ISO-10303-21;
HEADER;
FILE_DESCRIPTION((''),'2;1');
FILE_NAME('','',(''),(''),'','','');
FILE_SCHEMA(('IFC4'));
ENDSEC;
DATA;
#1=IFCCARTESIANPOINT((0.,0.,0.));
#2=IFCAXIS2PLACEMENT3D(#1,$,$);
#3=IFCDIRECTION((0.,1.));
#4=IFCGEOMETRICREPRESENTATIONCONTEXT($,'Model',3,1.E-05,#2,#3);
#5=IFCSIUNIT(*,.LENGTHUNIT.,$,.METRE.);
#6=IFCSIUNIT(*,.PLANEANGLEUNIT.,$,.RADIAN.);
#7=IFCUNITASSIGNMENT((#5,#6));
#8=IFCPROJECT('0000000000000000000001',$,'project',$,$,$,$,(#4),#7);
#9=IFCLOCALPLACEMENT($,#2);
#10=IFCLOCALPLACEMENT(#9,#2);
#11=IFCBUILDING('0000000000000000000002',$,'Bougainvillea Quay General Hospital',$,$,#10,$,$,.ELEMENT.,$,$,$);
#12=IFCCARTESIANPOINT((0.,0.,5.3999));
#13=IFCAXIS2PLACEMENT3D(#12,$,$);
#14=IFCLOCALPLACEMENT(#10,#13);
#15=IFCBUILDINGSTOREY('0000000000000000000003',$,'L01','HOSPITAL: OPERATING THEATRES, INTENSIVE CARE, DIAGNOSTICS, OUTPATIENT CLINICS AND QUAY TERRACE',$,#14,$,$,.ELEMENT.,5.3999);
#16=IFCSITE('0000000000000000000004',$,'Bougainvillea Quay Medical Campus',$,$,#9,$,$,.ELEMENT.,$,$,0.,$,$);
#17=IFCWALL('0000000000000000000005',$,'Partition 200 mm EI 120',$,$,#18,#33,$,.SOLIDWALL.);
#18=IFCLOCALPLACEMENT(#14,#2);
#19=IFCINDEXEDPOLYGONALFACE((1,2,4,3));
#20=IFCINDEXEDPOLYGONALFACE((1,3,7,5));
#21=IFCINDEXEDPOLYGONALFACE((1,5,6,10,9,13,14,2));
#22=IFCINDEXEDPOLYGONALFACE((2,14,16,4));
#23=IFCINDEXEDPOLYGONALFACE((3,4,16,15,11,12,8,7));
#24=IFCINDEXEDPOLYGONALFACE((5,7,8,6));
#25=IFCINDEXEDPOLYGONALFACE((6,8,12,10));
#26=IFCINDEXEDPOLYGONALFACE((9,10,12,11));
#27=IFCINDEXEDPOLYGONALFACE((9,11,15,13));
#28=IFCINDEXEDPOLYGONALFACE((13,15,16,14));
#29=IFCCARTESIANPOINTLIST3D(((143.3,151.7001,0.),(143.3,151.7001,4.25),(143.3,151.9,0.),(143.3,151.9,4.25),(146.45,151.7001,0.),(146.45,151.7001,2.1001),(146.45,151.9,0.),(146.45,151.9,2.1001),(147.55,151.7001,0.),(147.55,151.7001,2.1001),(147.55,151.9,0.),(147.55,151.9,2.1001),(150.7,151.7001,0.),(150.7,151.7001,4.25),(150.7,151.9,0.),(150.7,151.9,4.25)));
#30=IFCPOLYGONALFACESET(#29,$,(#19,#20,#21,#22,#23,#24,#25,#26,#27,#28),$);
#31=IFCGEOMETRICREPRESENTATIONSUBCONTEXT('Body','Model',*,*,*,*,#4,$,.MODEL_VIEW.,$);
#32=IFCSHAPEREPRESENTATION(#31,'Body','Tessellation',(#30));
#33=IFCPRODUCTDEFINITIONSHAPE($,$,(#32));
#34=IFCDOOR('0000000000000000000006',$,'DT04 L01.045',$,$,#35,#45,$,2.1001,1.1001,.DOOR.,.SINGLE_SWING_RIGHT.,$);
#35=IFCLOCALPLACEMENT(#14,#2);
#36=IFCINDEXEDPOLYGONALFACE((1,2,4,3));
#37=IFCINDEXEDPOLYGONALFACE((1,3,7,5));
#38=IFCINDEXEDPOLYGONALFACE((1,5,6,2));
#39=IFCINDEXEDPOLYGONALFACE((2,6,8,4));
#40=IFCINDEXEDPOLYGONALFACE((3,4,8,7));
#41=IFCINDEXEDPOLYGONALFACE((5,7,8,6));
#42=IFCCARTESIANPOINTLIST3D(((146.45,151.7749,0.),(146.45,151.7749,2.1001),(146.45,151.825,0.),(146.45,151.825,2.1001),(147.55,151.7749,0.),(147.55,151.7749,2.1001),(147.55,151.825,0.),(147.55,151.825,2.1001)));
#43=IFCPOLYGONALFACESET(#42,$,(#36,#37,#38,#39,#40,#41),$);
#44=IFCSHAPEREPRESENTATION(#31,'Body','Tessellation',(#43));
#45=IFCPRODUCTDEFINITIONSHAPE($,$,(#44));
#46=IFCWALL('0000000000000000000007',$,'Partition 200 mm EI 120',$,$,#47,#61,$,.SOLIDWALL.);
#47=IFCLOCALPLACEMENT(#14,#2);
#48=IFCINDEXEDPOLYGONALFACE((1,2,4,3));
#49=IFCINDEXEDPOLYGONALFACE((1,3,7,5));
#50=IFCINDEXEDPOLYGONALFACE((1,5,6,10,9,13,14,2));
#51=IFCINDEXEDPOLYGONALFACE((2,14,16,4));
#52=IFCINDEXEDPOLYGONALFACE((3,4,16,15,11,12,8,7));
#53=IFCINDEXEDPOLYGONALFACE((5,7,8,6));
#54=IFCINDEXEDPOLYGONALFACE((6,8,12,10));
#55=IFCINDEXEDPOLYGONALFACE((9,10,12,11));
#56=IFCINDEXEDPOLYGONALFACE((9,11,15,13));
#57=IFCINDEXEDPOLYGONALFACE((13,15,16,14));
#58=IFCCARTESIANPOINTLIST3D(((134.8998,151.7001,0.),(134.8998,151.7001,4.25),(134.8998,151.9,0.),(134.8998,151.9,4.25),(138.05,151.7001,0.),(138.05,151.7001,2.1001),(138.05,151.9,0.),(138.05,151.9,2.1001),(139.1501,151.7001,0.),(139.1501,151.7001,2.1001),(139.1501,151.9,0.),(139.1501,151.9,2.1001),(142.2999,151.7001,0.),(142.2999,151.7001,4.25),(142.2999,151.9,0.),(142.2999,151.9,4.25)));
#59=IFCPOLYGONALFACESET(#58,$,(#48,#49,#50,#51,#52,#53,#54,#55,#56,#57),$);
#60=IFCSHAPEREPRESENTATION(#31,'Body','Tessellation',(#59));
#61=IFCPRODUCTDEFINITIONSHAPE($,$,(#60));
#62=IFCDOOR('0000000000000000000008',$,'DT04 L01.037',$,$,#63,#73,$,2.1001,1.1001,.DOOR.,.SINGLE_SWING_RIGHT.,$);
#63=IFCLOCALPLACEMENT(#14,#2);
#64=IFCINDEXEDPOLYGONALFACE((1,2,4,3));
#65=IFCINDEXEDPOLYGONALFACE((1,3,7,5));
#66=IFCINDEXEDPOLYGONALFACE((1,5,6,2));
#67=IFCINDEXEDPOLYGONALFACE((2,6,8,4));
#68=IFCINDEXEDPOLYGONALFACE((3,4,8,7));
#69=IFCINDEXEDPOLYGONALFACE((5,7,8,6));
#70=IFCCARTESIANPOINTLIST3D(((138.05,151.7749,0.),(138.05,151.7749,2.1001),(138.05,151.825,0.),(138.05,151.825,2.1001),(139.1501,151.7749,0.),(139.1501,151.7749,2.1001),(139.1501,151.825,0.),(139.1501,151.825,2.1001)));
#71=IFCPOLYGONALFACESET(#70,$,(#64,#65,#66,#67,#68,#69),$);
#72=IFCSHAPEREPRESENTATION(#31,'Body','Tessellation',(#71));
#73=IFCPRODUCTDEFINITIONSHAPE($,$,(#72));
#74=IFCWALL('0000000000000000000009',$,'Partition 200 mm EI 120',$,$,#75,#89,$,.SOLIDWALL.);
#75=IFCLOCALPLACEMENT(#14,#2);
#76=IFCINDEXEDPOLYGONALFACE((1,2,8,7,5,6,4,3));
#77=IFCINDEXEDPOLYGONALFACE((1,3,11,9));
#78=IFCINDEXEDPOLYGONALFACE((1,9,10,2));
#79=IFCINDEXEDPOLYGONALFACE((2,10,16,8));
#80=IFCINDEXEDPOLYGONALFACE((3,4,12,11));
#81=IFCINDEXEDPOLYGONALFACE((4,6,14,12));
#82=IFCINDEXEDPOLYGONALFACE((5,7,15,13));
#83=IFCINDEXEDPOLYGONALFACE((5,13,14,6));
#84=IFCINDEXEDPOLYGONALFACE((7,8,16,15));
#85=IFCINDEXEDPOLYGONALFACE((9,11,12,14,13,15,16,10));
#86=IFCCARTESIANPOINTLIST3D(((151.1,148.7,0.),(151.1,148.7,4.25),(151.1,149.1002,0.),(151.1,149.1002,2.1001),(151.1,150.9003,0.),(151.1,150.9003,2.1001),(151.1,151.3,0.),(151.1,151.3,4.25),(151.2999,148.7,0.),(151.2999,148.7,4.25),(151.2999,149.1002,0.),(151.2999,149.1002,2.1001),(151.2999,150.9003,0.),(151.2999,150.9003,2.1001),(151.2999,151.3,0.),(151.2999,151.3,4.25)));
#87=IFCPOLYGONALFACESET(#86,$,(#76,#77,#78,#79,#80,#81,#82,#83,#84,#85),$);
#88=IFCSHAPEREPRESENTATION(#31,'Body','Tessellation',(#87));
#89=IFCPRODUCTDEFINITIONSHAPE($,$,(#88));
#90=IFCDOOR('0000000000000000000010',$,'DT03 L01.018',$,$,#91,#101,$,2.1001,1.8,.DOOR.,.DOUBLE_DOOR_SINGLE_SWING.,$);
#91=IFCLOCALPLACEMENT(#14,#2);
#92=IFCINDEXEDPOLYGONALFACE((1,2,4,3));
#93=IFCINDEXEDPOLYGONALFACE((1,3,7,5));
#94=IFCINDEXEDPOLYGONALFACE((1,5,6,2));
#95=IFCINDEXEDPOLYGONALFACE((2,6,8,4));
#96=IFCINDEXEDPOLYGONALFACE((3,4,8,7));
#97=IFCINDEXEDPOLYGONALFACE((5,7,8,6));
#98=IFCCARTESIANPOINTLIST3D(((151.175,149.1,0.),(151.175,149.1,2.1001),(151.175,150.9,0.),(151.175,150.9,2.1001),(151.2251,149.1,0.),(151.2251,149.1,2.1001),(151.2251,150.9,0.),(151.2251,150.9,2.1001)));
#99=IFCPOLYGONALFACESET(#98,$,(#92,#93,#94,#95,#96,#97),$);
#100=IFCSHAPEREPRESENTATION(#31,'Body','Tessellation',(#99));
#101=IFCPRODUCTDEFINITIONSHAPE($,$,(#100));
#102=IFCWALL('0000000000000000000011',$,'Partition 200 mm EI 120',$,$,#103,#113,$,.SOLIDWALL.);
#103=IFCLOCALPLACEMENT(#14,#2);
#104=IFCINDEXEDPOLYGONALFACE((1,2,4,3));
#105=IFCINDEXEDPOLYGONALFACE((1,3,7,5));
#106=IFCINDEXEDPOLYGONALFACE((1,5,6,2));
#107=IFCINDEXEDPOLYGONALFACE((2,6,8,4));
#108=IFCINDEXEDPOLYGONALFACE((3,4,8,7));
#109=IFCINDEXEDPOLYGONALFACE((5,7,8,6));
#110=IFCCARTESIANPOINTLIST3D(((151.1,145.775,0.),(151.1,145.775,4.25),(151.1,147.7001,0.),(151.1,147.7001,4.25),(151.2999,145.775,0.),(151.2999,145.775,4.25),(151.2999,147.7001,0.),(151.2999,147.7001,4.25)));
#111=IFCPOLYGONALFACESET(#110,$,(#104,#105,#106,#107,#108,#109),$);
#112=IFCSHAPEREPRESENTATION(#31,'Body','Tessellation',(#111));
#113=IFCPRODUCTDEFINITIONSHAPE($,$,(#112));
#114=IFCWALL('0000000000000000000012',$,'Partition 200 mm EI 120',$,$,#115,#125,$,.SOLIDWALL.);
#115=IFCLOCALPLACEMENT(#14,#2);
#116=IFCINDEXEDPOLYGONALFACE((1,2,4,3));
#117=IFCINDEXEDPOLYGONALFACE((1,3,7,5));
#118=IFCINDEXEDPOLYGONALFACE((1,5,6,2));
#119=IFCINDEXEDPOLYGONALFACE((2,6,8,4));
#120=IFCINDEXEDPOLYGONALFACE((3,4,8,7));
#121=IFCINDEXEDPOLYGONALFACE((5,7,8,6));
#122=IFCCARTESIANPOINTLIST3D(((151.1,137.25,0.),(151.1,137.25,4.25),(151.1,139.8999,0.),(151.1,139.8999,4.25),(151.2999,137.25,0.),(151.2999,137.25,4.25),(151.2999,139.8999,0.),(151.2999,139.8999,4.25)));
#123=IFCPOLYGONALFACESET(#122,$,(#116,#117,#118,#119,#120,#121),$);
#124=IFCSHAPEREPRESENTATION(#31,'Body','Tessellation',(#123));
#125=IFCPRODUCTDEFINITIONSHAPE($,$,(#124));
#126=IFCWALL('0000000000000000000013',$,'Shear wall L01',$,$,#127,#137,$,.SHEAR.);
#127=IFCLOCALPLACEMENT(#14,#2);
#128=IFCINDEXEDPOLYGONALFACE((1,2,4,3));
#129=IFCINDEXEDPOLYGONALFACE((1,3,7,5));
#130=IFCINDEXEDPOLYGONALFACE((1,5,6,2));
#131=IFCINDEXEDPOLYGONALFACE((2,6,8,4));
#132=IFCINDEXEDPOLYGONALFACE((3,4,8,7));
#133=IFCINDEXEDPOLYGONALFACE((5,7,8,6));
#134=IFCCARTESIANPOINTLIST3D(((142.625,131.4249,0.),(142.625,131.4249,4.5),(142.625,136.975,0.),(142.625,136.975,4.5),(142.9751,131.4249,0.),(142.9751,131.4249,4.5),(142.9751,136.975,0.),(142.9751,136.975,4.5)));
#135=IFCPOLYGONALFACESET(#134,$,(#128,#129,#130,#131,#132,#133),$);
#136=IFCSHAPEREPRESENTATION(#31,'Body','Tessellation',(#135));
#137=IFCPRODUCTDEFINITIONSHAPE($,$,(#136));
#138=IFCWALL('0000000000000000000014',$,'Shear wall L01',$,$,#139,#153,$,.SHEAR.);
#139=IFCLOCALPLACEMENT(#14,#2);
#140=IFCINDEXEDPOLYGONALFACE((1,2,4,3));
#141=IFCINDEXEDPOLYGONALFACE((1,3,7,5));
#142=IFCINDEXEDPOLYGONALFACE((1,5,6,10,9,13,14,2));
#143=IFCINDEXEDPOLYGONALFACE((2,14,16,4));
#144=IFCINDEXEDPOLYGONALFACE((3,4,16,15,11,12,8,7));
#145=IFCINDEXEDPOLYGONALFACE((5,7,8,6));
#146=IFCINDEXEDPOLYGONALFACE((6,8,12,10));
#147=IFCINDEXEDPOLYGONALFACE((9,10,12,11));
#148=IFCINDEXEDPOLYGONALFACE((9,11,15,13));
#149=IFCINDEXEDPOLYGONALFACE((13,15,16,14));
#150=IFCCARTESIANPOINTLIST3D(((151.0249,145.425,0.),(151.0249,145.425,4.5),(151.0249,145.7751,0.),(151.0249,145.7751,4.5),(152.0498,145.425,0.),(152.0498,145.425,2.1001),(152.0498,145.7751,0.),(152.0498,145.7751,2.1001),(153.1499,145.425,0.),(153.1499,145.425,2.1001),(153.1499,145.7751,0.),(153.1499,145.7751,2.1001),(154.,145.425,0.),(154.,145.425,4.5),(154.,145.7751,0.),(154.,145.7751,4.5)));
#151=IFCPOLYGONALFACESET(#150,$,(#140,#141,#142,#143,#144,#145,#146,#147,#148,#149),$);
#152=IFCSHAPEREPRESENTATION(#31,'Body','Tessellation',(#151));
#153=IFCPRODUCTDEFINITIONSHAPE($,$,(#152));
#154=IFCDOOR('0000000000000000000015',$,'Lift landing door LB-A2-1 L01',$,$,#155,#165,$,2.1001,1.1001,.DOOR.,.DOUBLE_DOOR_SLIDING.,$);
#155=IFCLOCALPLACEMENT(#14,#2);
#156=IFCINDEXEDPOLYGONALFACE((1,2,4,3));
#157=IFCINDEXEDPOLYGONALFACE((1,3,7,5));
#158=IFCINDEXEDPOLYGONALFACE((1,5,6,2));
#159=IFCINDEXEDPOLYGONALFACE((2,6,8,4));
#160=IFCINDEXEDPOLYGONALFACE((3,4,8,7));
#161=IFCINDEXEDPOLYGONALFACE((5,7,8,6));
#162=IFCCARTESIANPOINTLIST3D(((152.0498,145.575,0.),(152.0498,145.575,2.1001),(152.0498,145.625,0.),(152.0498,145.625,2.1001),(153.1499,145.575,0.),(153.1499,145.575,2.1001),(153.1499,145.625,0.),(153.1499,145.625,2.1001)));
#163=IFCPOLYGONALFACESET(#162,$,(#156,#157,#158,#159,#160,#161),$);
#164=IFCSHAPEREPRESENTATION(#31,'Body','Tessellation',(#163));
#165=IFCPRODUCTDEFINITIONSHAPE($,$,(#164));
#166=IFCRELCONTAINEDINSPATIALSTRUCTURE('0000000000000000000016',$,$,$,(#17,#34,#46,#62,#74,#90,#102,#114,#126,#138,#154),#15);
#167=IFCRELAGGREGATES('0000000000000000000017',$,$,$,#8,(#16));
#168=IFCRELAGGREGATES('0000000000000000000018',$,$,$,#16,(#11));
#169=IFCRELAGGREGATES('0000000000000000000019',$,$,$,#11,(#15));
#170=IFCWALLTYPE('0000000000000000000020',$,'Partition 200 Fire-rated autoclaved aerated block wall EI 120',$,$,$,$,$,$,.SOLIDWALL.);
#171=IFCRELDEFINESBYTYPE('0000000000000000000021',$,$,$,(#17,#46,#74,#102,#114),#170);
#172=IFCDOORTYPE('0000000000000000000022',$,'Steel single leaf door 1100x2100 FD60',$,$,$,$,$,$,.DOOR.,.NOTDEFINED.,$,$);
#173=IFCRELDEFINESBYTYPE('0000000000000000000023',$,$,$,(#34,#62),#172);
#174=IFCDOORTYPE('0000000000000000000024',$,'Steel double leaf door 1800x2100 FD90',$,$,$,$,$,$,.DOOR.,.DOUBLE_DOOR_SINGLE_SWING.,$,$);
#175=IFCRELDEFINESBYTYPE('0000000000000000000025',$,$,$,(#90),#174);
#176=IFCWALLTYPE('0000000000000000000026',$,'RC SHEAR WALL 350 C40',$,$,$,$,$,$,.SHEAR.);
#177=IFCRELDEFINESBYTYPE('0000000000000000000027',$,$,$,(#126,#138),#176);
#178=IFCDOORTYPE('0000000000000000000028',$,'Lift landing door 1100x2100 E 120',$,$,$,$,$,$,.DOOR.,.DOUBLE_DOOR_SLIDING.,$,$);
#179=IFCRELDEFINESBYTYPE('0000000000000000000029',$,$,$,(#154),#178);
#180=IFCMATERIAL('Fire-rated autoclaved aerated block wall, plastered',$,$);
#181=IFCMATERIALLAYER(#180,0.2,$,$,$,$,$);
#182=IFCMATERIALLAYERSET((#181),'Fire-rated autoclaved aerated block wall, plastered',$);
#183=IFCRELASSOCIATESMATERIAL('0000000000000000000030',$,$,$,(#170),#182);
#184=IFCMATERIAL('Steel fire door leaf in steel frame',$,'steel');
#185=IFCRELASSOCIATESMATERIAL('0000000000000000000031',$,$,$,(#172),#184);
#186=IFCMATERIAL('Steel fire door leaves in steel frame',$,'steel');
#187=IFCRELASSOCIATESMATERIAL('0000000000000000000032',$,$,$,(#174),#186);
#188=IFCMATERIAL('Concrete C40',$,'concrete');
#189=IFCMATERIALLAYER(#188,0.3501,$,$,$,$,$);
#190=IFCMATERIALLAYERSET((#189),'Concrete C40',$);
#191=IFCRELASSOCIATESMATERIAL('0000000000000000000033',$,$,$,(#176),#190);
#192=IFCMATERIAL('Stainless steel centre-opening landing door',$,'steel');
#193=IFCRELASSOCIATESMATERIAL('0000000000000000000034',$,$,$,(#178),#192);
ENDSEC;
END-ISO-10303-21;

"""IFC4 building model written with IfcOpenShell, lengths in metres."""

from ifc_helpers import new_model, si_unit, direction, frame, frame_2d, origin, place, context, subcontext, project, spatial, rectangle, extrude, material, layer, layer_set, type_object, element, fill, save


model = new_model("IFC4")

# Units and contexts
model_context = context("Model", 3, precision=1e-05, world=origin(), true_north=direction((0.0, 1.0)))
body_context = subcontext(model_context, "Body", "Model", "MODEL_VIEW")
ifc_project = project(units=[si_unit("LENGTHUNIT", "METRE"), si_unit("PLANEANGLEUNIT", "RADIAN")], contexts=[model_context])

# Site, building, storey
site_placement = place(None, origin())
site = spatial("IfcSite", under=ifc_project, at=site_placement, Name="Bougainvillea Quay Medical Campus", CompositionType="ELEMENT", RefElevation=0.0)
building_placement = place(site_placement, origin())
building = spatial("IfcBuilding", under=site, at=building_placement, Name="Bougainvillea Quay General Hospital", CompositionType="ELEMENT")
storey_placement = place(building_placement, frame((0.0, 0.0, 5.3999)))
storey = spatial("IfcBuildingStorey", under=building, at=storey_placement, Name="L01", Description="HOSPITAL: OPERATING THEATRES, INTENSIVE CARE, DIAGNOSTICS, OUTPATIENT CLINICS AND QUAY TERRACE", CompositionType="ELEMENT", Elevation=5.3999)

# Walls, openings, doors
ifc_material_1 = material(Name="Fire-rated autoclaved aerated block wall, plastered")
ifc_layer_1 = layer(ifc_material_1, 0.2)
ifc_layer_set_1 = layer_set([ifc_layer_1], Name="Fire-rated autoclaved aerated block wall, plastered")
wall_type_1 = type_object("IfcWallType", Name="Partition 200 Fire-rated autoclaved aerated block wall EI 120", PredefinedType="SOLIDWALL", material=ifc_layer_set_1)
wall_1_placement = place(storey_placement, frame((150.7, 151.8, 0.0), z_axis=(0.0, 0.0, 1.0), x_axis=(-1.0, 0.0, 0.0)))
wall_1 = element("IfcWall", 1, at=wall_1_placement, inside=storey, type_object=wall_type_1, Name="Partition 200 mm EI 120", PredefinedType="SOLIDWALL", context=body_context, shape_type="SweptSolid", body=[
    extrude(rectangle(XDim=7.3999, YDim=0.2, at=frame_2d((3.7, 0.0))), origin(), (0.0, 0.0, 1.0), 4.25),
])
opening_1_placement = place(wall_1_placement, frame((3.1499, 0.0, 0.0)))
opening_1 = element("IfcOpeningElement", 2, at=opening_1_placement, cuts=wall_1, PredefinedType="OPENING", context=body_context, shape_type="SweptSolid", body=[
    extrude(rectangle(XDim=1.1001, YDim=2.1001, at=frame_2d((0.55, 1.05))), frame((0.0, 0.1099, 0.0), z_axis=(0.0, -1.0, 0.0), x_axis=(1.0, 0.0, 0.0)), (0.0, 0.0, 1.0), 0.22),
])
ifc_material_2 = material(Name="Steel fire door leaf in steel frame", Category="steel")
door_type_1 = type_object("IfcDoorType", Name="Steel single leaf door 1100x2100 FD60", OperationType="NOTDEFINED", PredefinedType="DOOR", material=ifc_material_2)
door_1_placement = place(opening_1_placement, frame((1.1001, 0.0, 0.0), z_axis=(0.0, 0.0, 1.0), x_axis=(-1.0, 0.0, 0.0)))
door_1 = element("IfcDoor", 3, at=door_1_placement, inside=storey, type_object=door_type_1, Name="DT04 L01.045", OperationType="SINGLE_SWING_RIGHT", OverallHeight=2.1001, OverallWidth=1.1001, PredefinedType="DOOR", context=body_context, shape_type="SweptSolid", body=[
    extrude(rectangle(XDim=1.1001, YDim=2.1001, at=frame_2d((0.55, 1.05))), frame((0.0, 0.0249, 0.0), z_axis=(0.0, -1.0, 0.0), x_axis=(1.0, 0.0, 0.0)), (0.0, 0.0, 1.0), 0.05),
])
fill(opening_1, door_1)
wall_2_placement = place(storey_placement, frame((142.3, 151.8, 0.0), z_axis=(0.0, 0.0, 1.0), x_axis=(-1.0, 0.0, 0.0)))
wall_2 = element("IfcWall", 4, at=wall_2_placement, inside=storey, type_object=wall_type_1, Name="Partition 200 mm EI 120", PredefinedType="SOLIDWALL", context=body_context, shape_type="SweptSolid", body=[
    extrude(rectangle(XDim=7.4001, YDim=0.2, at=frame_2d((3.7002, 0.0))), origin(), (0.0, 0.0, 1.0), 4.25),
])
opening_2_placement = place(wall_2_placement, frame((3.1499, 0.0, 0.0)))
opening_2 = element("IfcOpeningElement", 5, at=opening_2_placement, cuts=wall_2, PredefinedType="OPENING", context=body_context, shape_type="SweptSolid", body=[
    extrude(rectangle(XDim=1.1001, YDim=2.1001, at=frame_2d((0.55, 1.05))), frame((0.0, 0.1099, 0.0), z_axis=(0.0, -1.0, 0.0), x_axis=(1.0, 0.0, 0.0)), (0.0, 0.0, 1.0), 0.22),
])
door_2_placement = place(opening_2_placement, frame((1.1001, 0.0, 0.0), z_axis=(0.0, 0.0, 1.0), x_axis=(-1.0, 0.0, 0.0)))
door_2 = element("IfcDoor", 6, at=door_2_placement, inside=storey, type_object=door_type_1, Name="DT04 L01.037", OperationType="SINGLE_SWING_RIGHT", OverallHeight=2.1001, OverallWidth=1.1001, PredefinedType="DOOR", context=body_context, shape_type="SweptSolid", body=[
    extrude(rectangle(XDim=1.1001, YDim=2.1001, at=frame_2d((0.55, 1.05))), frame((0.0, 0.0249, 0.0), z_axis=(0.0, -1.0, 0.0), x_axis=(1.0, 0.0, 0.0)), (0.0, 0.0, 1.0), 0.05),
])
fill(opening_2, door_2)
wall_3_placement = place(storey_placement, frame((151.2, 151.3, 0.0), z_axis=(0.0, 0.0, 1.0), x_axis=(0.0, -1.0, 0.0)))
wall_3 = element("IfcWall", 7, at=wall_3_placement, inside=storey, type_object=wall_type_1, Name="Partition 200 mm EI 120", PredefinedType="SOLIDWALL", context=body_context, shape_type="SweptSolid", body=[
    extrude(rectangle(XDim=2.6001, YDim=0.2, at=frame_2d((1.3, 0.0))), origin(), (0.0, 0.0, 1.0), 4.25),
])
opening_3_placement = place(wall_3_placement, frame((0.3999, 0.0, 0.0)))
opening_3 = element("IfcOpeningElement", 8, at=opening_3_placement, cuts=wall_3, PredefinedType="OPENING", context=body_context, shape_type="SweptSolid", body=[
    extrude(rectangle(XDim=1.8, YDim=2.1001, at=frame_2d((0.8999, 1.05))), frame((0.0, 0.1099, 0.0), z_axis=(0.0, -1.0, 0.0), x_axis=(1.0, 0.0, 0.0)), (0.0, 0.0, 1.0), 0.22),
])
ifc_material_3 = material(Name="Steel fire door leaves in steel frame", Category="steel")
door_type_2 = type_object("IfcDoorType", Name="Steel double leaf door 1800x2100 FD90", OperationType="DOUBLE_DOOR_SINGLE_SWING", PredefinedType="DOOR", material=ifc_material_3)
door_3_placement = place(opening_3_placement, frame((1.8, 0.0, 0.0), z_axis=(0.0, 0.0, 1.0), x_axis=(-1.0, 0.0, 0.0)))
door_3 = element("IfcDoor", 9, at=door_3_placement, inside=storey, type_object=door_type_2, Name="DT03 L01.018", OperationType="DOUBLE_DOOR_SINGLE_SWING", OverallHeight=2.1001, OverallWidth=1.8, PredefinedType="DOOR", context=body_context, shape_type="SweptSolid", body=[
    extrude(rectangle(XDim=1.8, YDim=2.1001, at=frame_2d((0.8999, 1.05))), frame((0.0, 0.0249, 0.0), z_axis=(0.0, -1.0, 0.0), x_axis=(1.0, 0.0, 0.0)), (0.0, 0.0, 1.0), 0.05),
])
fill(opening_3, door_3)

# Walls
wall_4_placement = place(storey_placement, frame((151.2, 147.7, 0.0), z_axis=(0.0, 0.0, 1.0), x_axis=(0.0, -1.0, 0.0)))
element("IfcWall", 10, at=wall_4_placement, inside=storey, type_object=wall_type_1, Name="Partition 200 mm EI 120", PredefinedType="SOLIDWALL", context=body_context, shape_type="SweptSolid", body=[
    extrude(rectangle(XDim=1.925, YDim=0.2, at=frame_2d((0.9624, 0.0))), origin(), (0.0, 0.0, 1.0), 4.25),
])
wall_5_placement = place(storey_placement, frame((151.2, 137.25, 0.0), z_axis=(0.0, 0.0, 1.0), x_axis=(0.0, 1.0, 0.0)))
element("IfcWall", 11, at=wall_5_placement, inside=storey, type_object=wall_type_1, Name="Partition 200 mm EI 120", PredefinedType="SOLIDWALL", context=body_context, shape_type="SweptSolid", body=[
    extrude(rectangle(XDim=2.6499, YDim=0.2, at=frame_2d((1.325, 0.0))), origin(), (0.0, 0.0, 1.0), 4.25),
])
ifc_material_4 = material(Name="Concrete C40", Category="concrete")
ifc_layer_2 = layer(ifc_material_4, 0.3501)
ifc_layer_set_2 = layer_set([ifc_layer_2], Name="Concrete C40")
wall_type_2 = type_object("IfcWallType", Name="RC SHEAR WALL 350 C40", PredefinedType="SHEAR", material=ifc_layer_set_2)
wall_6_placement = place(storey_placement, frame((142.8, 131.425, 0.0), z_axis=(0.0, 0.0, 1.0), x_axis=(0.0, 1.0, 0.0)))
element("IfcWall", 12, at=wall_6_placement, inside=storey, type_object=wall_type_2, Name="Shear wall L01", PredefinedType="SHEAR", context=body_context, shape_type="SweptSolid", body=[
    extrude(rectangle(XDim=5.55, YDim=0.3501, at=frame_2d((2.7749, 0.0))), origin(), (0.0, 0.0, 1.0), 4.5),
])

# Wall, opening, door
wall_7_placement = place(storey_placement, frame((151.0249, 145.6001, 0.0), z_axis=(0.0, 0.0, 1.0), x_axis=(1.0, 0.0, 0.0)))
wall_7 = element("IfcWall", 13, at=wall_7_placement, inside=storey, type_object=wall_type_2, Name="Shear wall L01", PredefinedType="SHEAR", context=body_context, shape_type="SweptSolid", body=[
    extrude(rectangle(XDim=2.9751, YDim=0.3501, at=frame_2d((1.4875, 0.0))), origin(), (0.0, 0.0, 1.0), 4.5),
])
opening_4_placement = place(wall_7_placement, frame((1.0249, 0.0, 0.0)))
opening_4 = element("IfcOpeningElement", 14, at=opening_4_placement, cuts=wall_7, PredefinedType="OPENING", context=body_context, shape_type="SweptSolid", body=[
    extrude(rectangle(XDim=1.1001, YDim=2.1001, at=frame_2d((0.55, 1.05))), frame((0.0, 0.1851, 0.0), z_axis=(0.0, -1.0, 0.0), x_axis=(1.0, 0.0, 0.0)), (0.0, 0.0, 1.0), 0.3701),
])
ifc_material_5 = material(Name="Stainless steel centre-opening landing door", Category="steel")
door_type_3 = type_object("IfcDoorType", Name="Lift landing door 1100x2100 E 120", OperationType="DOUBLE_DOOR_SLIDING", PredefinedType="DOOR", material=ifc_material_5)
door_4_placement = place(opening_4_placement, origin())
door_4 = element("IfcDoor", 15, at=door_4_placement, inside=storey, type_object=door_type_3, Name="Lift landing door LB-A2-1 L01", OperationType="DOUBLE_DOOR_SLIDING", OverallHeight=2.1001, OverallWidth=1.1001, PredefinedType="DOOR", context=body_context, shape_type="SweptSolid", body=[
    extrude(rectangle(XDim=1.1001, YDim=2.1001, at=frame_2d((0.55, 1.05))), frame((0.0, 0.0249, 0.0), z_axis=(0.0, -1.0, 0.0), x_axis=(1.0, 0.0, 0.0)), (0.0, 0.0, 1.0), 0.05),
])
fill(opening_4, door_4)

save(model, "model.ifc")
